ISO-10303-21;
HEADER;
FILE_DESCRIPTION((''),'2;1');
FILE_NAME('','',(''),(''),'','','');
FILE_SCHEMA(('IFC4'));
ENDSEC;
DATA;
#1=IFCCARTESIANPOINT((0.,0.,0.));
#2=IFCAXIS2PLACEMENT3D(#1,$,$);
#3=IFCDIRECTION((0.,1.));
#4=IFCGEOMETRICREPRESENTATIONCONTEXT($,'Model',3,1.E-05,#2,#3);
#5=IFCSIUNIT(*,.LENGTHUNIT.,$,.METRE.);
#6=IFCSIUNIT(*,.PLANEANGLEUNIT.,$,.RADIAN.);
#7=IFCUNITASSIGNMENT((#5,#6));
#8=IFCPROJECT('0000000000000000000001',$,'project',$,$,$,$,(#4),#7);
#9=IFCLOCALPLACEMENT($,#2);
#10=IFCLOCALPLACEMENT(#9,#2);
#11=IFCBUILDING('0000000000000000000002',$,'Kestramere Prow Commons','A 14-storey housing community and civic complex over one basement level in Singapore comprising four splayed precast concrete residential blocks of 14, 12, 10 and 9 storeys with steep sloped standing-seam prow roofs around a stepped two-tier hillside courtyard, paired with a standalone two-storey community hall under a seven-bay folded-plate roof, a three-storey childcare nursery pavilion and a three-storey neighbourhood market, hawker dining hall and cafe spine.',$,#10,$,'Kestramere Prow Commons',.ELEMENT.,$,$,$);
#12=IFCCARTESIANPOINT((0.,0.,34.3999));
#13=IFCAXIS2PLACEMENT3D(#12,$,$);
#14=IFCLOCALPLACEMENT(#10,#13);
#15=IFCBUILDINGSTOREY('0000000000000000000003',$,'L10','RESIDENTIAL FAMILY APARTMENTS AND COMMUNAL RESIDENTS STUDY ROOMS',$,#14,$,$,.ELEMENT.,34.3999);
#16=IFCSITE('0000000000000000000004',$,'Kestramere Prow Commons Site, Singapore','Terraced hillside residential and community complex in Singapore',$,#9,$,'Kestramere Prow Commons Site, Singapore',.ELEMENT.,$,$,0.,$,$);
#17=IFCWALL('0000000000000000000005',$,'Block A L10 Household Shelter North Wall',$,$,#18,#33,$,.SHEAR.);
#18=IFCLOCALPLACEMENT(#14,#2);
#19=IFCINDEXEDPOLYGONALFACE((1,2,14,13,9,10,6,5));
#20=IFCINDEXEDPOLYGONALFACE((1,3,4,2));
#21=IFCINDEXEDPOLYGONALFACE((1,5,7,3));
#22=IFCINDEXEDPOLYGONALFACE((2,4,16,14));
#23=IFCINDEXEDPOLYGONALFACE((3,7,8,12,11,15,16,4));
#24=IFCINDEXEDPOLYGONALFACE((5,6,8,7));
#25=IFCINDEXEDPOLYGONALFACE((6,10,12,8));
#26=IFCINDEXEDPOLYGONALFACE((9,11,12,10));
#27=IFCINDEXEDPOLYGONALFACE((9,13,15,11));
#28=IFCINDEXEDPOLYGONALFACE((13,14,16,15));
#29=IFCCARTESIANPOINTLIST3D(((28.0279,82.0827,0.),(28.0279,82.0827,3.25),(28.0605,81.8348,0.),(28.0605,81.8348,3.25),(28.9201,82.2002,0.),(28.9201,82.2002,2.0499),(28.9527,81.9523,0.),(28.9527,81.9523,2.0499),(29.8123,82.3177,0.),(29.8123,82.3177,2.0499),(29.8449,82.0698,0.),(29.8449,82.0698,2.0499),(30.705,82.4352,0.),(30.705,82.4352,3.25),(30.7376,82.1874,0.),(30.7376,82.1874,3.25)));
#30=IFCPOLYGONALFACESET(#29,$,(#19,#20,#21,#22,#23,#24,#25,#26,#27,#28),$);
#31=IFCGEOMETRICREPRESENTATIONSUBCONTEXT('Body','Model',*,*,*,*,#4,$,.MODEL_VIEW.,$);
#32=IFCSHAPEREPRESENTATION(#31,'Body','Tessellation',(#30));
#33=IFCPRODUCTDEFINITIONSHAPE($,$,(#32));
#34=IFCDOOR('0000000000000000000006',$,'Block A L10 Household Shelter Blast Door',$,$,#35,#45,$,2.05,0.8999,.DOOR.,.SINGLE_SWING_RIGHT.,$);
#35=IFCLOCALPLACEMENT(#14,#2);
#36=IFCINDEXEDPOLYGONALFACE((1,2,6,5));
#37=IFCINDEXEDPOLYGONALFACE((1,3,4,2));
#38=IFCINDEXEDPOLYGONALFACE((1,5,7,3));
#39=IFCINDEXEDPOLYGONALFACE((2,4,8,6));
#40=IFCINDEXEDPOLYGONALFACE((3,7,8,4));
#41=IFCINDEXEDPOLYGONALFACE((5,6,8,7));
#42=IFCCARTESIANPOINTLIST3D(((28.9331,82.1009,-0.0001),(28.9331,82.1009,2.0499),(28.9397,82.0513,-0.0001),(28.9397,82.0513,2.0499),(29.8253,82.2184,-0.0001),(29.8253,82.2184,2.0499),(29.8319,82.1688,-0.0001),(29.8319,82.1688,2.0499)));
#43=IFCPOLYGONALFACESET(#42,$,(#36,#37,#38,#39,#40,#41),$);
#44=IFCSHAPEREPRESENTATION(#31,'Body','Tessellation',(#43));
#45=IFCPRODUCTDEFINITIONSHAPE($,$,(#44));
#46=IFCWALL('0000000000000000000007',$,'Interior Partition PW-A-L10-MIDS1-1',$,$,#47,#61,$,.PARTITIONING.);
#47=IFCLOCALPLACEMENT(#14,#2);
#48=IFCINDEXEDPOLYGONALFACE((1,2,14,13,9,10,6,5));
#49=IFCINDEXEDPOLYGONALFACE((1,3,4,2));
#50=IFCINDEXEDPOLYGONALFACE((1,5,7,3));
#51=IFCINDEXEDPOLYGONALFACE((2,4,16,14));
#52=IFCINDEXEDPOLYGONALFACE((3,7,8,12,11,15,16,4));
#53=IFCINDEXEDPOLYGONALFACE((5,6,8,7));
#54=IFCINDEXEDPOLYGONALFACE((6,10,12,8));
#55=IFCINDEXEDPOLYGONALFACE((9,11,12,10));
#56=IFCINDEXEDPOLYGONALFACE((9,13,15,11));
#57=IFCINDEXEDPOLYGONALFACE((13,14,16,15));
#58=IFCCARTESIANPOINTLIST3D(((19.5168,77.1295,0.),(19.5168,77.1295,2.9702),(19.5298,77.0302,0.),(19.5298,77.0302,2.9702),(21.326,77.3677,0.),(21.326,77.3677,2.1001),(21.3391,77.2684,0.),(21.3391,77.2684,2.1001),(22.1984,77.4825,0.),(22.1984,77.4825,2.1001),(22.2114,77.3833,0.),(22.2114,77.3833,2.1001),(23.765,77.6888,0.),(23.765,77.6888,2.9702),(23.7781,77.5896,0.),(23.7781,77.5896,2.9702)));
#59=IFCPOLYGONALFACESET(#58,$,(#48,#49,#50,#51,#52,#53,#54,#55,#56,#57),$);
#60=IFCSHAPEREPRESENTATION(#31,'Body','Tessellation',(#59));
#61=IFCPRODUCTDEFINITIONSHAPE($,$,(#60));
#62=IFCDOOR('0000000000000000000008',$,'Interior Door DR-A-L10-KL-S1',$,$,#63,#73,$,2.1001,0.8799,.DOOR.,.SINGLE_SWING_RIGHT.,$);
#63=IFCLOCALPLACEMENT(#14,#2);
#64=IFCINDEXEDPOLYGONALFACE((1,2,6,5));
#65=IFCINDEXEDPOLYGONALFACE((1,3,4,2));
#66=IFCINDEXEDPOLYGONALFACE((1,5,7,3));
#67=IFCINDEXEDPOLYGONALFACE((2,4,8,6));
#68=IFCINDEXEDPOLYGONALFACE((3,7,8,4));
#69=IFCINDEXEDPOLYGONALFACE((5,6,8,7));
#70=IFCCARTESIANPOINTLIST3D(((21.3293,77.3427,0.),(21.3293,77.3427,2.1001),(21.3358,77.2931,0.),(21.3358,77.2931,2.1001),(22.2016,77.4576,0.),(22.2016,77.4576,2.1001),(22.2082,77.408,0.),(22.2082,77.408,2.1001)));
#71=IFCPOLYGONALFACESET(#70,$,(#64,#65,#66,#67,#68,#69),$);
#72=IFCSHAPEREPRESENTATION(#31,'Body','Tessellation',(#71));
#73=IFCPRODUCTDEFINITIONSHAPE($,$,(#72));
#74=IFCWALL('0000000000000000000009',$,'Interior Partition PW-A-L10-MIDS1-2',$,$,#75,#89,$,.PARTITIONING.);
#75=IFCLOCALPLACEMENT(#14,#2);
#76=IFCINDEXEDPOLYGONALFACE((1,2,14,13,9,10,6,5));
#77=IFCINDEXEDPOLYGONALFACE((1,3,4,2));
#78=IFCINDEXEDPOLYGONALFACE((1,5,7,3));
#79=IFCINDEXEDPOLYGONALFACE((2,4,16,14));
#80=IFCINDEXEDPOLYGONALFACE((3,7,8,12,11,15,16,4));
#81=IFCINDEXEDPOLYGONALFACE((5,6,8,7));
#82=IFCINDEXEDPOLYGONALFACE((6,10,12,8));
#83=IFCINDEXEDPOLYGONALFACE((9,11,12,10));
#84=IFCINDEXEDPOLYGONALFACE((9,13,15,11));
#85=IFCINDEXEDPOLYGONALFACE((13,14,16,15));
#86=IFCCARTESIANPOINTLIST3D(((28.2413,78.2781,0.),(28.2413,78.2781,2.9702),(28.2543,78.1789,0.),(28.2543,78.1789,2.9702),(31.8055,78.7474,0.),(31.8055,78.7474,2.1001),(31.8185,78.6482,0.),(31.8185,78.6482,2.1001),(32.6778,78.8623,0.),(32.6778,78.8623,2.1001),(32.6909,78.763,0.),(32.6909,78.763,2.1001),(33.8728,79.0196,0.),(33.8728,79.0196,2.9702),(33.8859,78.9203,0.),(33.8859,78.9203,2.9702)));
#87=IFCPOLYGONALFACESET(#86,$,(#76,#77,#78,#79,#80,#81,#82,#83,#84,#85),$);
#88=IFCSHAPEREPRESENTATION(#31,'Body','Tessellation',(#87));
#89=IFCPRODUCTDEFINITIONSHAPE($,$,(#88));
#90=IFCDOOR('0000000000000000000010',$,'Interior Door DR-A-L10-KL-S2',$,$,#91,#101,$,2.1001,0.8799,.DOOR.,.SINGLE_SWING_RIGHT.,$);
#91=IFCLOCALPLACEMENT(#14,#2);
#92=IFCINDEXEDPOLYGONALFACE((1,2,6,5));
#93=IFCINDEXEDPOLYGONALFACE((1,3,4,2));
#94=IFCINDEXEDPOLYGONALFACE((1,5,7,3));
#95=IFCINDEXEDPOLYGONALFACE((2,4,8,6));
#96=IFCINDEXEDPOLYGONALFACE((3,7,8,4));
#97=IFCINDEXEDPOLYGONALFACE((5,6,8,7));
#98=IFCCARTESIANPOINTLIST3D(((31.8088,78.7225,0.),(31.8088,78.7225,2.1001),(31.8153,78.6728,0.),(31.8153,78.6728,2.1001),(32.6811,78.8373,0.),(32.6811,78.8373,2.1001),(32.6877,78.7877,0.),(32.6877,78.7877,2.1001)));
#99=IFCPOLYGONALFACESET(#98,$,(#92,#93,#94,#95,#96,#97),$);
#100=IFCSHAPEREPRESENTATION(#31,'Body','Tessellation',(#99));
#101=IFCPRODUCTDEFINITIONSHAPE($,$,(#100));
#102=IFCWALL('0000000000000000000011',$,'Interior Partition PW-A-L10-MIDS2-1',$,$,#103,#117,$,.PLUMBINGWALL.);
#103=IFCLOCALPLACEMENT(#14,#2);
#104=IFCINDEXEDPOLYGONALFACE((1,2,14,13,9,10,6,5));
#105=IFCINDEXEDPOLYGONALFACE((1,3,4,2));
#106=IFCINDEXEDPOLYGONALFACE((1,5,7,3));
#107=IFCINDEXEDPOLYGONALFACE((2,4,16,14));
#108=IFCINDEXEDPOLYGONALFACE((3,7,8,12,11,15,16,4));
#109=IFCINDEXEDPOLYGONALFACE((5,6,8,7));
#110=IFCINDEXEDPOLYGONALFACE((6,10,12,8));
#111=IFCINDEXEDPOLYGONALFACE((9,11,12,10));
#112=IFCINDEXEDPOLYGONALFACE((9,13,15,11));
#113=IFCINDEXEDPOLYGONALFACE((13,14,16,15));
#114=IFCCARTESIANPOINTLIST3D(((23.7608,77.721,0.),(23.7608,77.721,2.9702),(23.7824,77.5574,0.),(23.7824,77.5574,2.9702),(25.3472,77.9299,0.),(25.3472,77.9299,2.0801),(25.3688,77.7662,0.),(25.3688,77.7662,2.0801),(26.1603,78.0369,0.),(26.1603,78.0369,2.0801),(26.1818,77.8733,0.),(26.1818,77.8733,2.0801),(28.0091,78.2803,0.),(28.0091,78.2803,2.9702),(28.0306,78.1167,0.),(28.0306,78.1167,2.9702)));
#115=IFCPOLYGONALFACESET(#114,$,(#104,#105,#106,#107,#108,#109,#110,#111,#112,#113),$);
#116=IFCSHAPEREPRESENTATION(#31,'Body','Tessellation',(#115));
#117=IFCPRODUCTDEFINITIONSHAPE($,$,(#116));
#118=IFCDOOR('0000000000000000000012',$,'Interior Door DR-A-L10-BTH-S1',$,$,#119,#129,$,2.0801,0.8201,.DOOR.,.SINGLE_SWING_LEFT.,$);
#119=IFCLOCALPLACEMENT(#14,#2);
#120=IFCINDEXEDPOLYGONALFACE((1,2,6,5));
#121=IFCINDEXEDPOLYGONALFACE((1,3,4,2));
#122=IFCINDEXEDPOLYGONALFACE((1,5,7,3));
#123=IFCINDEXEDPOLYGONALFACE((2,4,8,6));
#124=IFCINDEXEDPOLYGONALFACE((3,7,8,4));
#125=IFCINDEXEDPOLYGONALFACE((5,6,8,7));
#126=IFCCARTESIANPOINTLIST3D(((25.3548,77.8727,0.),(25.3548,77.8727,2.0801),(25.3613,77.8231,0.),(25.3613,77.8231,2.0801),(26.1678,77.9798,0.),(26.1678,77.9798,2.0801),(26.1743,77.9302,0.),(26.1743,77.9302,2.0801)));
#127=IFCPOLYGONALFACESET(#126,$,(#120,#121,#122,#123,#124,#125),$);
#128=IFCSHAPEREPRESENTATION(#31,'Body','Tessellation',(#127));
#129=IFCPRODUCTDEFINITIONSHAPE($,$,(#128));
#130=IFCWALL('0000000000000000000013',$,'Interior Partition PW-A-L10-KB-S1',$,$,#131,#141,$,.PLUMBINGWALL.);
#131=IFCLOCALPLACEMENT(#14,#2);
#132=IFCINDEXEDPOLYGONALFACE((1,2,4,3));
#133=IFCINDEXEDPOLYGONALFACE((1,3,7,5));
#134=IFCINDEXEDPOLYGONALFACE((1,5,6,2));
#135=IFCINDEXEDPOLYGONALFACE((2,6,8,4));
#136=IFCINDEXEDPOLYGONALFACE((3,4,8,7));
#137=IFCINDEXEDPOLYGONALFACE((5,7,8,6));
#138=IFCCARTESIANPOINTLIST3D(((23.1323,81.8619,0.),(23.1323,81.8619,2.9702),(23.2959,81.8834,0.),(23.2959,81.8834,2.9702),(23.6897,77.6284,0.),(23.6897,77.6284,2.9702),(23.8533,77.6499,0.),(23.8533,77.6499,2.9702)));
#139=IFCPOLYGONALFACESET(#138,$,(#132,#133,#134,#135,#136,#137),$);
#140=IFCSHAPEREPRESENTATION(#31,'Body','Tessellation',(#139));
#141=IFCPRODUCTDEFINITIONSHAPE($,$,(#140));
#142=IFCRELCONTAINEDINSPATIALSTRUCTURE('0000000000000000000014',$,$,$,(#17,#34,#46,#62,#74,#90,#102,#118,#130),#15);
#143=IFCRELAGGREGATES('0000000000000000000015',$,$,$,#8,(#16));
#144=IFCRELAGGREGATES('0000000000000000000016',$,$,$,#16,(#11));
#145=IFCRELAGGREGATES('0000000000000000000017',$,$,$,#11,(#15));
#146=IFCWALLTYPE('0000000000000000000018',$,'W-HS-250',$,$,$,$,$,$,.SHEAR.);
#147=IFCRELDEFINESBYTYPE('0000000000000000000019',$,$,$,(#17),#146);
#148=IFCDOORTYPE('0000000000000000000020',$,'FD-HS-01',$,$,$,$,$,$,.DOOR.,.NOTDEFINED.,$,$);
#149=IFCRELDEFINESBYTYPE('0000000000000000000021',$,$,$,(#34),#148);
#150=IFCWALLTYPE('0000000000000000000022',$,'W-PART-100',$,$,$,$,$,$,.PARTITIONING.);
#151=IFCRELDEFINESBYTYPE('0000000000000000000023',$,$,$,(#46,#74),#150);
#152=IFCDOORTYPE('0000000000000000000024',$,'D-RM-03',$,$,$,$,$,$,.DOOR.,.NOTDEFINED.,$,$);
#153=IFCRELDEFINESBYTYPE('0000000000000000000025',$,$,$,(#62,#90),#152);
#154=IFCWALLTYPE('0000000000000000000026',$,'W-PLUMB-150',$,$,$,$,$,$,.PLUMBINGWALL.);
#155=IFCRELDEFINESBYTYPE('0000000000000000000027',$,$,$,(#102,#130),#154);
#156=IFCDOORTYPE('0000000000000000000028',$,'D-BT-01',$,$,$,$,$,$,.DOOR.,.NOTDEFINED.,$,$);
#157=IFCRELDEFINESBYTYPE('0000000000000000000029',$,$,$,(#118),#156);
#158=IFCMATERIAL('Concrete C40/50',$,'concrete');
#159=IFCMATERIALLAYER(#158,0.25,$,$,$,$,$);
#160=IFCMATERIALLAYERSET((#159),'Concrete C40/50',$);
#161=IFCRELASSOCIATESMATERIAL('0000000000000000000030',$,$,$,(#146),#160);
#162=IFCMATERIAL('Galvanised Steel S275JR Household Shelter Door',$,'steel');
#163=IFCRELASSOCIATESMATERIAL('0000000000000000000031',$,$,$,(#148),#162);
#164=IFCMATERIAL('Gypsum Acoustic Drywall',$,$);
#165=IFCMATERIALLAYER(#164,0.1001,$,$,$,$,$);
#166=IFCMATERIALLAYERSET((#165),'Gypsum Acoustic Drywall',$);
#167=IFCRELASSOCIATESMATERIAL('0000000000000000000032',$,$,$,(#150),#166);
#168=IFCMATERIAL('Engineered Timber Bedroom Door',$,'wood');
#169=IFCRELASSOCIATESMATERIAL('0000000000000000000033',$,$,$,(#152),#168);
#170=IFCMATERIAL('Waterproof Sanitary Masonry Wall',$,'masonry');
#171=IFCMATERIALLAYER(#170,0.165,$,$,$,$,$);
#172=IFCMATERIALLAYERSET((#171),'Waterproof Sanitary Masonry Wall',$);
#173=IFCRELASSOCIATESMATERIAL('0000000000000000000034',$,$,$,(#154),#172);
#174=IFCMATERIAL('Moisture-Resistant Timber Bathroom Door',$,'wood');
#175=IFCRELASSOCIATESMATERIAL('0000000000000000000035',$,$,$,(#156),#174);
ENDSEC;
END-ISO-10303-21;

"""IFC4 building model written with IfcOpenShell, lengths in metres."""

from ifc_helpers import new_model, si_unit, direction, frame, frame_2d, origin, place, context, subcontext, project, spatial, rectangle, extrude, material, layer, layer_set, type_object, element, fill, save


model = new_model("IFC4")

# Units and contexts
model_context = context("Model", 3, precision=1e-05, world=origin(), true_north=direction((0.0, 1.0)))
body_context = subcontext(model_context, "Body", "Model", "MODEL_VIEW")
ifc_project = project(units=[si_unit("LENGTHUNIT", "METRE"), si_unit("PLANEANGLEUNIT", "RADIAN")], contexts=[model_context])

# Site, building, storey
site_placement = place(None, origin())
site = spatial("IfcSite", under=ifc_project, at=site_placement, Name="Kestramere Prow Commons Site, Singapore", Description="Terraced hillside residential and community complex in Singapore", LongName="Kestramere Prow Commons Site, Singapore", CompositionType="ELEMENT", RefElevation=0.0)
building_placement = place(site_placement, origin())
building = spatial("IfcBuilding", under=site, at=building_placement, Name="Kestramere Prow Commons", Description="A 14-storey housing community and civic complex over one basement level in Singapore comprising four splayed precast concrete residential blocks of 14, 12, 10 and 9 storeys with steep sloped standing-seam prow roofs around a stepped two-tier hillside courtyard, paired with a standalone two-storey community hall under a seven-bay folded-plate roof, a three-storey childcare nursery pavilion and a three-storey neighbourhood market, hawker dining hall and cafe spine.", LongName="Kestramere Prow Commons", CompositionType="ELEMENT")
storey_placement = place(building_placement, frame((0.0, 0.0, 34.3999)))
storey = spatial("IfcBuildingStorey", under=building, at=storey_placement, Name="L10", Description="RESIDENTIAL FAMILY APARTMENTS AND COMMUNAL RESIDENTS STUDY ROOMS", CompositionType="ELEMENT", Elevation=34.3999)

# Shared definitions
ifc_material_1 = material(Name="Concrete C40/50", Category="concrete")
ifc_layer_1 = layer(ifc_material_1, 0.25)
ifc_layer_set_1 = layer_set([ifc_layer_1], Name="Concrete C40/50")
wall_type_1 = type_object("IfcWallType", Name="W-HS-250", PredefinedType="SHEAR", material=ifc_layer_set_1)

# Walls, openings, doors
wall_1_placement = place(storey_placement, frame((28.0442, 81.9587, 0.0), z_axis=(0.0, 0.0, 1.0), x_axis=(0.99144, 0.130564, 0.0)))
wall_1 = element("IfcWall", 1, at=wall_1_placement, inside=storey, type_object=wall_type_1, Name="Block A L10 Household Shelter North Wall", PredefinedType="SHEAR", context=body_context, shape_type="SweptSolid", body=[
    extrude(rectangle(XDim=2.7002, YDim=0.25, at=frame_2d((1.3501, 0.0))), origin(), (0.0, 0.0, 1.0), 3.25),
])
opening_1_placement = place(wall_1_placement, frame((0.8999, 0.0, 0.0)))
opening_1 = element("IfcOpeningElement", 2, at=opening_1_placement, cuts=wall_1, PredefinedType="OPENING", context=body_context, shape_type="SweptSolid", body=[
    extrude(rectangle(XDim=0.8999, YDim=2.05, at=frame_2d((0.45, 1.0249))), frame((0.0, 0.1399, 0.0), z_axis=(0.0, -1.0, 0.0), x_axis=(1.0, 0.0, 0.0)), (0.0, 0.0, 1.0), 0.28),
])
ifc_material_2 = material(Name="Galvanised Steel S275JR Household Shelter Door", Category="steel")
door_type_1 = type_object("IfcDoorType", Name="FD-HS-01", OperationType="NOTDEFINED", PredefinedType="DOOR", material=ifc_material_2)
door_1_placement = place(opening_1_placement, origin())
door_1 = element("IfcDoor", 3, at=door_1_placement, inside=storey, type_object=door_type_1, Name="Block A L10 Household Shelter Blast Door", OperationType="SINGLE_SWING_RIGHT", OverallHeight=2.05, OverallWidth=0.8999, PredefinedType="DOOR", context=body_context, shape_type="SweptSolid", body=[
    extrude(rectangle(XDim=0.8999, YDim=2.05, at=frame_2d((0.45, 1.0249))), frame((0.0, 0.0249, 0.0), z_axis=(0.0, -1.0, 0.0), x_axis=(1.0, 0.0, 0.0)), (0.0, 0.0, 1.0), 0.05),
])
fill(opening_1, door_1)
ifc_material_3 = material(Name="Gypsum Acoustic Drywall")
ifc_layer_2 = layer(ifc_material_3, 0.1001)
ifc_layer_set_2 = layer_set([ifc_layer_2], Name="Gypsum Acoustic Drywall")
wall_type_2 = type_object("IfcWallType", Name="W-PART-100", PredefinedType="PARTITIONING", material=ifc_layer_set_2)
wall_2_placement = place(storey_placement, frame((19.5232, 77.0798, 0.0), z_axis=(0.0, 0.0, 1.0), x_axis=(0.991444, 0.130533, 0.0)))
wall_2 = element("IfcWall", 4, at=wall_2_placement, inside=storey, type_object=wall_type_2, Name="Interior Partition PW-A-L10-MIDS1-1", PredefinedType="PARTITIONING", context=body_context, shape_type="SweptSolid", body=[
    extrude(rectangle(XDim=4.2849, YDim=0.1001, at=frame_2d((2.1426, 0.0))), origin(), (0.0, 0.0, 1.0), 2.9702),
])
opening_2_placement = place(wall_2_placement, frame((1.825, 0.0, 0.0)))
opening_2 = element("IfcOpeningElement", 5, at=opening_2_placement, cuts=wall_2, PredefinedType="OPENING", context=body_context, shape_type="SweptSolid", body=[
    extrude(rectangle(XDim=0.8799, YDim=2.1001, at=frame_2d((0.4399, 1.05))), frame((0.0, 0.0649, 0.0), z_axis=(0.0, -1.0, 0.0), x_axis=(1.0, 0.0, 0.0)), (0.0, 0.0, 1.0), 0.1301),
])
ifc_material_4 = material(Name="Engineered Timber Bedroom Door", Category="wood")
door_type_2 = type_object("IfcDoorType", Name="D-RM-03", OperationType="NOTDEFINED", PredefinedType="DOOR", material=ifc_material_4)
door_2_placement = place(opening_2_placement, origin())
door_2 = element("IfcDoor", 6, at=door_2_placement, inside=storey, type_object=door_type_2, Name="Interior Door DR-A-L10-KL-S1", OperationType="SINGLE_SWING_RIGHT", OverallHeight=2.1001, OverallWidth=0.8799, PredefinedType="DOOR", context=body_context, shape_type="SweptSolid", body=[
    extrude(rectangle(XDim=0.8799, YDim=2.1001, at=frame_2d((0.4399, 1.05))), frame((0.0, 0.0249, 0.0), z_axis=(0.0, -1.0, 0.0), x_axis=(1.0, 0.0, 0.0)), (0.0, 0.0, 1.0), 0.05),
])
fill(opening_2, door_2)
wall_3_placement = place(storey_placement, frame((28.2478, 78.2285, 0.0), z_axis=(0.0, 0.0, 1.0), x_axis=(0.991444, 0.130533, 0.0)))
wall_3 = element("IfcWall", 7, at=wall_3_placement, inside=storey, type_object=wall_type_2, Name="Interior Partition PW-A-L10-MIDS1-2", PredefinedType="PARTITIONING", context=body_context, shape_type="SweptSolid", body=[
    extrude(rectangle(XDim=5.6802, YDim=0.1001, at=frame_2d((2.8401, 0.0))), origin(), (0.0, 0.0, 1.0), 2.9702),
])
opening_3_placement = place(wall_3_placement, frame((3.595, 0.0, 0.0)))
opening_3 = element("IfcOpeningElement", 8, at=opening_3_placement, cuts=wall_3, PredefinedType="OPENING", context=body_context, shape_type="SweptSolid", body=[
    extrude(rectangle(XDim=0.8799, YDim=2.1001, at=frame_2d((0.4399, 1.05))), frame((0.0, 0.0649, 0.0), z_axis=(0.0, -1.0, 0.0), x_axis=(1.0, 0.0, 0.0)), (0.0, 0.0, 1.0), 0.1301),
])
door_3_placement = place(opening_3_placement, origin())
door_3 = element("IfcDoor", 9, at=door_3_placement, inside=storey, type_object=door_type_2, Name="Interior Door DR-A-L10-KL-S2", OperationType="SINGLE_SWING_RIGHT", OverallHeight=2.1001, OverallWidth=0.8799, PredefinedType="DOOR", context=body_context, shape_type="SweptSolid", body=[
    extrude(rectangle(XDim=0.8799, YDim=2.1001, at=frame_2d((0.4399, 1.05))), frame((0.0, 0.0249, 0.0), z_axis=(0.0, -1.0, 0.0), x_axis=(1.0, 0.0, 0.0)), (0.0, 0.0, 1.0), 0.05),
])
fill(opening_3, door_3)
ifc_material_5 = material(Name="Waterproof Sanitary Masonry Wall", Category="masonry")
ifc_layer_3 = layer(ifc_material_5, 0.165)
ifc_layer_set_3 = layer_set([ifc_layer_3], Name="Waterproof Sanitary Masonry Wall")
wall_type_3 = type_object("IfcWallType", Name="W-PLUMB-150", PredefinedType="PLUMBINGWALL", material=ifc_layer_set_3)
wall_4_placement = place(storey_placement, frame((23.7715, 77.6392, 0.0), z_axis=(0.0, 0.0, 1.0), x_axis=(0.991444, 0.130533, 0.0)))
wall_4 = element("IfcWall", 10, at=wall_4_placement, inside=storey, type_object=wall_type_3, Name="Interior Partition PW-A-L10-MIDS2-1", PredefinedType="PLUMBINGWALL", context=body_context, shape_type="SweptSolid", body=[
    extrude(rectangle(XDim=4.2849, YDim=0.165, at=frame_2d((2.1426, 0.0))), origin(), (0.0, 0.0, 1.0), 2.9702),
])
opening_4_placement = place(wall_4_placement, frame((1.6001, 0.0, 0.0)))
opening_4 = element("IfcOpeningElement", 11, at=opening_4_placement, cuts=wall_4, PredefinedType="OPENING", context=body_context, shape_type="SweptSolid", body=[
    extrude(rectangle(XDim=0.8201, YDim=2.0801, at=frame_2d((0.4102, 1.04))), frame((0.0, 0.0974, 0.0), z_axis=(0.0, -1.0, 0.0), x_axis=(1.0, 0.0, 0.0)), (0.0, 0.0, 1.0), 0.1951),
])
ifc_material_6 = material(Name="Moisture-Resistant Timber Bathroom Door", Category="wood")
door_type_3 = type_object("IfcDoorType", Name="D-BT-01", OperationType="NOTDEFINED", PredefinedType="DOOR", material=ifc_material_6)
door_4_placement = place(opening_4_placement, origin())
door_4 = element("IfcDoor", 12, at=door_4_placement, inside=storey, type_object=door_type_3, Name="Interior Door DR-A-L10-BTH-S1", OperationType="SINGLE_SWING_LEFT", OverallHeight=2.0801, OverallWidth=0.8201, PredefinedType="DOOR", context=body_context, shape_type="SweptSolid", body=[
    extrude(rectangle(XDim=0.8201, YDim=2.0801, at=frame_2d((0.4102, 1.04))), frame((0.0, 0.0249, 0.0), z_axis=(0.0, -1.0, 0.0), x_axis=(1.0, 0.0, 0.0)), (0.0, 0.0, 1.0), 0.05),
])
fill(opening_4, door_4)

# Wall
wall_5_placement = place(storey_placement, frame((23.7715, 77.6392, 0.0), z_axis=(0.0, 0.0, 1.0), x_axis=(-0.130534, 0.991444, 0.0)))
element("IfcWall", 13, at=wall_5_placement, inside=storey, type_object=wall_type_3, Name="Interior Partition PW-A-L10-KB-S1", PredefinedType="PLUMBINGWALL", context=body_context, shape_type="SweptSolid", body=[
    extrude(rectangle(XDim=4.27, YDim=0.165, at=frame_2d((2.135, 0.0))), origin(), (0.0, 0.0, 1.0), 2.9702),
])

save(model, "model.ifc")
